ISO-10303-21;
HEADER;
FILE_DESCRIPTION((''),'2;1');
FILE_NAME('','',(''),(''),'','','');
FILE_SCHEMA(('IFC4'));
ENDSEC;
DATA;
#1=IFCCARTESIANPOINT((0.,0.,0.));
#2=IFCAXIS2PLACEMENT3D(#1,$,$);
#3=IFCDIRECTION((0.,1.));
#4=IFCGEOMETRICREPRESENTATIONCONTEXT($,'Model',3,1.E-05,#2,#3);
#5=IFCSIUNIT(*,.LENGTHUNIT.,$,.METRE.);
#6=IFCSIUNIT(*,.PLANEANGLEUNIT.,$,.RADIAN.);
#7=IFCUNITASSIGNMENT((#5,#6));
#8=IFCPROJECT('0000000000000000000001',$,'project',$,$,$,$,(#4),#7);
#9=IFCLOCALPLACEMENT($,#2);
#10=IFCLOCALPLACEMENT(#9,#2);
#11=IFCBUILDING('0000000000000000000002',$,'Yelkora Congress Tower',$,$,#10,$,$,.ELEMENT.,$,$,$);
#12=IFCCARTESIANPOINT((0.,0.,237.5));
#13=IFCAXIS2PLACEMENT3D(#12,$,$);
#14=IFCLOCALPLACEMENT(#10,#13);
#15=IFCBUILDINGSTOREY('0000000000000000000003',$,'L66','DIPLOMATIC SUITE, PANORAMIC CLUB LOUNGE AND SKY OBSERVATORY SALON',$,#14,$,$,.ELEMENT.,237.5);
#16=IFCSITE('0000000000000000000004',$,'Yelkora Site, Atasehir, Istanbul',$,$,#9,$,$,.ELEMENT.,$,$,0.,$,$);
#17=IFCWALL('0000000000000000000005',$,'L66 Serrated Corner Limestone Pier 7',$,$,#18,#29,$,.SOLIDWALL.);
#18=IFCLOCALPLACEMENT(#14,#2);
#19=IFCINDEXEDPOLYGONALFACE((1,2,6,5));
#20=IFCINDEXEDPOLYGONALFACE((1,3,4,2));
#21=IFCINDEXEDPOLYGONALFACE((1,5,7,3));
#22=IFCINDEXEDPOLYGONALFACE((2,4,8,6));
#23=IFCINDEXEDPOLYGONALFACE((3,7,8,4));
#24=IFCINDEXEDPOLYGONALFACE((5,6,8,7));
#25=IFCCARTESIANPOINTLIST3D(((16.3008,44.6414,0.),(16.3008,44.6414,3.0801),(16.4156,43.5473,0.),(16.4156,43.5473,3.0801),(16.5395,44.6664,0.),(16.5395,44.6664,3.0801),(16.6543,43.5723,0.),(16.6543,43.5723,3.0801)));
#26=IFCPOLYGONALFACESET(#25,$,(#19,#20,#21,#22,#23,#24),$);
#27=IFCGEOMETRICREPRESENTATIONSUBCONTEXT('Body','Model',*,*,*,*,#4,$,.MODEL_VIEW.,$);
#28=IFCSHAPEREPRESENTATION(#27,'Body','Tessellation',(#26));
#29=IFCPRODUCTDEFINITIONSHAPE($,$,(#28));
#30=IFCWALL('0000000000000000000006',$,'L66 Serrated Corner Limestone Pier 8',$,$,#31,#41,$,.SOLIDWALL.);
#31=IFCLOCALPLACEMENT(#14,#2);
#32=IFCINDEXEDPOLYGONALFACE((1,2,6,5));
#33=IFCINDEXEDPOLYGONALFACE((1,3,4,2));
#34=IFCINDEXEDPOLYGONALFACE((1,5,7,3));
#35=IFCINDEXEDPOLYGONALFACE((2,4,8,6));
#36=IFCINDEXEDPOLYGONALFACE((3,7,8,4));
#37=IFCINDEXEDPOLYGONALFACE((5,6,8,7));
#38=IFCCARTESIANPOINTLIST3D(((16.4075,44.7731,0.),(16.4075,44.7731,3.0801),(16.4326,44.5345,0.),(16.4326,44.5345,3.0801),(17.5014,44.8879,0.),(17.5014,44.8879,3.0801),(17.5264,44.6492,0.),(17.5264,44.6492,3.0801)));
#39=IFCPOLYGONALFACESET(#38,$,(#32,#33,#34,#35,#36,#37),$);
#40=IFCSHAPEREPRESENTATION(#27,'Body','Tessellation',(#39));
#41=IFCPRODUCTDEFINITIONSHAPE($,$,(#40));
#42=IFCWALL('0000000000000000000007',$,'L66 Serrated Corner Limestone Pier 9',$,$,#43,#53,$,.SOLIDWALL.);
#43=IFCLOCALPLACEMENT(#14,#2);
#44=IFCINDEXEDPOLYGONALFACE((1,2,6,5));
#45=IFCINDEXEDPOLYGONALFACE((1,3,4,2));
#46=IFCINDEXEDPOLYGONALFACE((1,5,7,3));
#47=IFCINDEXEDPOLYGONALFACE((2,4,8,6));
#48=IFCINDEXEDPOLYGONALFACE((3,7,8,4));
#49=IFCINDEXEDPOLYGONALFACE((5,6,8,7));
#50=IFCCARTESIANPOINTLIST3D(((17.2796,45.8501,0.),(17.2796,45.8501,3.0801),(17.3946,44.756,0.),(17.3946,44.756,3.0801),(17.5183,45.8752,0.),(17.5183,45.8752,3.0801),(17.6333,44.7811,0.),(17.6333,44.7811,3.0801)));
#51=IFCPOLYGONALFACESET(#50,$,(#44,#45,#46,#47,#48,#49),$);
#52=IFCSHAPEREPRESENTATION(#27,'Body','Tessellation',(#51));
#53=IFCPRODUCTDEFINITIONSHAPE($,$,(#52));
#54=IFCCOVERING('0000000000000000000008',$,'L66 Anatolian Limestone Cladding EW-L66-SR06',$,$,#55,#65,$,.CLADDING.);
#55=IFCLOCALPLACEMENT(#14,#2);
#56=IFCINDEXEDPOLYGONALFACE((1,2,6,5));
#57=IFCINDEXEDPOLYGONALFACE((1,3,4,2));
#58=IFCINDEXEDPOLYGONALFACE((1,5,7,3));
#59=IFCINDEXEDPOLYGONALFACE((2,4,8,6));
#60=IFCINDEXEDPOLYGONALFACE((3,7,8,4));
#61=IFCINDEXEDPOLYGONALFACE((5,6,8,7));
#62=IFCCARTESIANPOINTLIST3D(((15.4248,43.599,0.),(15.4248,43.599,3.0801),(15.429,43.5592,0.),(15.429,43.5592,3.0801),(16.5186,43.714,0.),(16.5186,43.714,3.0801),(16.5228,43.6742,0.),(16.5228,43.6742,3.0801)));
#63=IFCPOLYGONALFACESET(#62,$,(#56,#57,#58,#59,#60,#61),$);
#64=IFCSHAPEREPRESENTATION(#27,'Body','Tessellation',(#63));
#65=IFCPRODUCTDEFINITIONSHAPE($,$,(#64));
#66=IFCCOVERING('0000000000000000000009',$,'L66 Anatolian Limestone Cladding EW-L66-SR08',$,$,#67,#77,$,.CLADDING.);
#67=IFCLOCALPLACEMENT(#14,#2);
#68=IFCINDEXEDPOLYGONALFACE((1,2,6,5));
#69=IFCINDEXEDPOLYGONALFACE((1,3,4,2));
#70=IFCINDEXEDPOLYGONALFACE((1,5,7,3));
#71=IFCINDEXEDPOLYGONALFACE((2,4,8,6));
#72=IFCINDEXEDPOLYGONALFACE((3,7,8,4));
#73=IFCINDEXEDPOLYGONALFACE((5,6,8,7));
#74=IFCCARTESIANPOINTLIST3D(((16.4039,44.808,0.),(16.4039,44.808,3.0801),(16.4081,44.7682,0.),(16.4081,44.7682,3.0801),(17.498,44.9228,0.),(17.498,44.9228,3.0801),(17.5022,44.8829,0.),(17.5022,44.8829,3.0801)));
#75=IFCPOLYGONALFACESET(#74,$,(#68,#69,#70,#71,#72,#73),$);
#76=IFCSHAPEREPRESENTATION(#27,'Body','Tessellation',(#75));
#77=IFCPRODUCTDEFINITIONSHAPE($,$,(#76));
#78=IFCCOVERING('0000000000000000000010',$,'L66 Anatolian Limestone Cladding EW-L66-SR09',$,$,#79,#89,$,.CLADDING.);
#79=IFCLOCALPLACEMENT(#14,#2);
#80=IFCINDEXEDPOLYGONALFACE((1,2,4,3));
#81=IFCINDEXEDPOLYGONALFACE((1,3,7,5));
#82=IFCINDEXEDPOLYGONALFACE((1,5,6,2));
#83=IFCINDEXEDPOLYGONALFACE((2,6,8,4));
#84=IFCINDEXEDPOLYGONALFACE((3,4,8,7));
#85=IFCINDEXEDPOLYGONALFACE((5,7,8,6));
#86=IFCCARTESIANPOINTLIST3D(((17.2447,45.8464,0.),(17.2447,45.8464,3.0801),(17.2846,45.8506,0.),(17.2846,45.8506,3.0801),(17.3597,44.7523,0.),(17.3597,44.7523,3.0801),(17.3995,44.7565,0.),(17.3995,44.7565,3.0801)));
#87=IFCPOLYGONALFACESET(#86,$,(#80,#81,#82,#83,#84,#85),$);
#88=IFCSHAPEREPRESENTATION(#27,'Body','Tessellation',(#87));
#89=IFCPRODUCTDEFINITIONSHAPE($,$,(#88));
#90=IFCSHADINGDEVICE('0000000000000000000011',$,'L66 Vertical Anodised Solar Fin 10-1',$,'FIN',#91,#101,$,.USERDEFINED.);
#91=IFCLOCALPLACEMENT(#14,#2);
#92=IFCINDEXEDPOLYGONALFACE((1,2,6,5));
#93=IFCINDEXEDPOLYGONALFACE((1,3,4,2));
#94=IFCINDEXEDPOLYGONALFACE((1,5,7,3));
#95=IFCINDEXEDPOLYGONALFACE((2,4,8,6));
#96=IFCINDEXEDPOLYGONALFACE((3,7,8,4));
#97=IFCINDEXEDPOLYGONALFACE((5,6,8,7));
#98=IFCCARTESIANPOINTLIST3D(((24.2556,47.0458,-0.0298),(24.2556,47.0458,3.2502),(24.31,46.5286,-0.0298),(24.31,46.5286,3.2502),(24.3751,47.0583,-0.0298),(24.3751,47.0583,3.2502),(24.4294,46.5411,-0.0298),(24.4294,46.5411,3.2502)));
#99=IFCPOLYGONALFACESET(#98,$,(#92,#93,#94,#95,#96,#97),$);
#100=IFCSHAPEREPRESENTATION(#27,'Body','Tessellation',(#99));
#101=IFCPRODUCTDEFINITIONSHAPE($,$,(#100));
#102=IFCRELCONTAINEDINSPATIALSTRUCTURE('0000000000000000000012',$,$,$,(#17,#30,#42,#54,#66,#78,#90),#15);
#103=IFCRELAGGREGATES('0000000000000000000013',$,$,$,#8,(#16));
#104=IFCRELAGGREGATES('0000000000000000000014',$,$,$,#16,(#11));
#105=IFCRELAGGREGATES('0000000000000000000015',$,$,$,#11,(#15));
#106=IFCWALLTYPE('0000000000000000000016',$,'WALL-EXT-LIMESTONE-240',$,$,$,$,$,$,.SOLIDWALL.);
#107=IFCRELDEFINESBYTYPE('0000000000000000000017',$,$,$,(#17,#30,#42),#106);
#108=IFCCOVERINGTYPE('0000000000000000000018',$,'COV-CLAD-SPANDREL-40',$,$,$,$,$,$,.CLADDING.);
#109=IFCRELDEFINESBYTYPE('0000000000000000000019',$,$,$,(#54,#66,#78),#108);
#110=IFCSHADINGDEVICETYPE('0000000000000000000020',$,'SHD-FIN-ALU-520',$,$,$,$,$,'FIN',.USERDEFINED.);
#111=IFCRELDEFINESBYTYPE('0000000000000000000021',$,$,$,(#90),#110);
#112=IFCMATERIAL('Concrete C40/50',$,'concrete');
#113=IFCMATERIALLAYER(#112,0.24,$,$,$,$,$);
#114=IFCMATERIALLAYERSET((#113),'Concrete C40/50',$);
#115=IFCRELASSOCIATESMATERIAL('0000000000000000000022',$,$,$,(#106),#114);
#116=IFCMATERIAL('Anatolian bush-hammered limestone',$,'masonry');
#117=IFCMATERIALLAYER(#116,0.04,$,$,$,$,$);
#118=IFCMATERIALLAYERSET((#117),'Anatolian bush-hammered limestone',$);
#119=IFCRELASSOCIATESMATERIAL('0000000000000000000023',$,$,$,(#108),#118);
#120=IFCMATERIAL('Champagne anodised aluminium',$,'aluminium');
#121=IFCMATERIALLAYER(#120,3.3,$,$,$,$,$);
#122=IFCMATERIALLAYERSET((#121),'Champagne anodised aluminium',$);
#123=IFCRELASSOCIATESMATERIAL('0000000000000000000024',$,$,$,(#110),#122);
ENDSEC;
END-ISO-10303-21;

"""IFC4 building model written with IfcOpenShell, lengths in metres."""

from ifc_helpers import new_model, si_unit, direction, frame, frame_2d, origin, origin_2d, place, context, subcontext, project, spatial, rectangle, extrude, material, layer, layer_set, type_object, element, save


model = new_model("IFC4")

# Units and contexts
model_context = context("Model", 3, precision=1e-05, world=origin(), true_north=direction((0.0, 1.0)))
body_context = subcontext(model_context, "Body", "Model", "MODEL_VIEW")
ifc_project = project(units=[si_unit("LENGTHUNIT", "METRE"), si_unit("PLANEANGLEUNIT", "RADIAN")], contexts=[model_context])

# Site, building, storey
site_placement = place(None, origin())
site = spatial("IfcSite", under=ifc_project, at=site_placement, Name="Yelkora Site, Atasehir, Istanbul", CompositionType="ELEMENT", RefElevation=0.0)
building_placement = place(site_placement, origin())
building = spatial("IfcBuilding", under=site, at=building_placement, Name="Yelkora Congress Tower", CompositionType="ELEMENT")
storey_placement = place(building_placement, frame((0.0, 0.0, 237.5)))
storey = spatial("IfcBuildingStorey", under=building, at=storey_placement, Name="L66", Description="DIPLOMATIC SUITE, PANORAMIC CLUB LOUNGE AND SKY OBSERVATORY SALON", CompositionType="ELEMENT", Elevation=237.5)

# Walls
ifc_material_1 = material(Name="Concrete C40/50", Category="concrete")
ifc_layer_1 = layer(ifc_material_1, 0.24)
ifc_layer_set_1 = layer_set([ifc_layer_1], Name="Concrete C40/50")
wall_type_1 = type_object("IfcWallType", Name="WALL-EXT-LIMESTONE-240", PredefinedType="SOLIDWALL", material=ifc_layer_set_1)
wall_1_placement = place(storey_placement, frame((16.5349, 43.5598, 0.0), z_axis=(0.0, 0.0, 1.0), x_axis=(-0.104315, 0.994544, 0.0)))
element("IfcWall", 1, at=wall_1_placement, inside=storey, type_object=wall_type_1, Name="L66 Serrated Corner Limestone Pier 7", PredefinedType="SOLIDWALL", context=body_context, shape_type="SweptSolid", body=[
    extrude(rectangle(XDim=1.1001, YDim=0.24, at=frame_2d((0.55, 0.0))), origin(), (0.0, 0.0, 1.0), 3.0801),
])
wall_2_placement = place(storey_placement, frame((16.4202, 44.6538, 0.0), z_axis=(0.0, 0.0, 1.0), x_axis=(0.994542, 0.104338, 0.0)))
element("IfcWall", 2, at=wall_2_placement, inside=storey, type_object=wall_type_1, Name="L66 Serrated Corner Limestone Pier 8", PredefinedType="SOLIDWALL", context=body_context, shape_type="SweptSolid", body=[
    extrude(rectangle(XDim=1.0999, YDim=0.24, at=frame_2d((0.5498, 0.0))), origin(), (0.0, 0.0, 1.0), 3.0801),
])
wall_3_placement = place(storey_placement, frame((17.5139, 44.7686, 0.0), z_axis=(0.0, 0.0, 1.0), x_axis=(-0.104535, 0.994521, 0.0)))
element("IfcWall", 3, at=wall_3_placement, inside=storey, type_object=wall_type_1, Name="L66 Serrated Corner Limestone Pier 9", PredefinedType="SOLIDWALL", context=body_context, shape_type="SweptSolid", body=[
    extrude(rectangle(XDim=1.1001, YDim=0.24, at=frame_2d((0.55, 0.0))), origin(), (0.0, 0.0, 1.0), 3.0801),
])

# Coverings
ifc_material_2 = material(Name="Anatolian bush-hammered limestone", Category="masonry")
ifc_layer_2 = layer(ifc_material_2, 0.04)
ifc_layer_set_2 = layer_set([ifc_layer_2], Name="Anatolian bush-hammered limestone")
covering_type = type_object("IfcCoveringType", Name="COV-CLAD-SPANDREL-40", PredefinedType="CLADDING", material=ifc_layer_set_2)
covering_placement = place(storey_placement, frame((15.427, 43.5791, 0.0), z_axis=(0.0, 0.0, 1.0), x_axis=(0.994519, 0.104558, 0.0)))
element("IfcCovering", 4, at=covering_placement, inside=storey, type_object=covering_type, Name="L66 Anatolian Limestone Cladding EW-L66-SR06", PredefinedType="CLADDING", context=body_context, shape_type="SweptSolid", body=[
    extrude(rectangle(XDim=1.0999, YDim=0.04, at=frame_2d((0.5498, 0.0))), origin(), (0.0, 0.0, 1.0), 3.0801),
])
for number, where, z_axis, x_axis, name in (
    (5, (16.406, 44.7881, 0.0), (0.0, 0.0, 1.0), (0.994544, 0.104315, 0.0), "L66 Anatolian Limestone Cladding EW-L66-SR08"),
    (6, (17.3796, 44.7544, 0.0), (0.0, 0.0, 1.0), (-0.104535, 0.994521, 0.0), "L66 Anatolian Limestone Cladding EW-L66-SR09"),
):
    element("IfcCovering", number, at=place(storey_placement, frame(where, z_axis=z_axis, x_axis=x_axis)), inside=storey, type_object=covering_type, Name=name, PredefinedType="CLADDING", context=body_context, shape_type="SweptSolid", body=[
        extrude(rectangle(XDim=1.1001, YDim=0.04, at=frame_2d((0.55, 0.0))), origin(), (0.0, 0.0, 1.0), 3.0801),
    ])

# Shading device
ifc_material_3 = material(Name="Champagne anodised aluminium", Category="aluminium")
ifc_layer_3 = layer(ifc_material_3, 3.3)
ifc_layer_set_3 = layer_set([ifc_layer_3], Name="Champagne anodised aluminium")
shading_device_type = type_object("IfcShadingDeviceType", Name="SHD-FIN-ALU-520", ElementType="FIN", PredefinedType="USERDEFINED", material=ifc_layer_set_3)
shading_device_placement = place(storey_placement, frame((24.3425, 46.7935, -0.0298), z_axis=(0.0, 0.0, 1.0), x_axis=(0.994522, 0.104528, 0.0)))
element("IfcShadingDevice", 7, at=shading_device_placement, inside=storey, type_object=shading_device_type, Name="L66 Vertical Anodised Solar Fin 10-1", ObjectType="FIN", PredefinedType="USERDEFINED", context=body_context, shape_type="SweptSolid", body=[
    extrude(rectangle(XDim=0.1201, YDim=0.52, at=origin_2d()), origin(), (0.0, 0.0, 1.0), 3.28),
])

save(model, "model.ifc")
